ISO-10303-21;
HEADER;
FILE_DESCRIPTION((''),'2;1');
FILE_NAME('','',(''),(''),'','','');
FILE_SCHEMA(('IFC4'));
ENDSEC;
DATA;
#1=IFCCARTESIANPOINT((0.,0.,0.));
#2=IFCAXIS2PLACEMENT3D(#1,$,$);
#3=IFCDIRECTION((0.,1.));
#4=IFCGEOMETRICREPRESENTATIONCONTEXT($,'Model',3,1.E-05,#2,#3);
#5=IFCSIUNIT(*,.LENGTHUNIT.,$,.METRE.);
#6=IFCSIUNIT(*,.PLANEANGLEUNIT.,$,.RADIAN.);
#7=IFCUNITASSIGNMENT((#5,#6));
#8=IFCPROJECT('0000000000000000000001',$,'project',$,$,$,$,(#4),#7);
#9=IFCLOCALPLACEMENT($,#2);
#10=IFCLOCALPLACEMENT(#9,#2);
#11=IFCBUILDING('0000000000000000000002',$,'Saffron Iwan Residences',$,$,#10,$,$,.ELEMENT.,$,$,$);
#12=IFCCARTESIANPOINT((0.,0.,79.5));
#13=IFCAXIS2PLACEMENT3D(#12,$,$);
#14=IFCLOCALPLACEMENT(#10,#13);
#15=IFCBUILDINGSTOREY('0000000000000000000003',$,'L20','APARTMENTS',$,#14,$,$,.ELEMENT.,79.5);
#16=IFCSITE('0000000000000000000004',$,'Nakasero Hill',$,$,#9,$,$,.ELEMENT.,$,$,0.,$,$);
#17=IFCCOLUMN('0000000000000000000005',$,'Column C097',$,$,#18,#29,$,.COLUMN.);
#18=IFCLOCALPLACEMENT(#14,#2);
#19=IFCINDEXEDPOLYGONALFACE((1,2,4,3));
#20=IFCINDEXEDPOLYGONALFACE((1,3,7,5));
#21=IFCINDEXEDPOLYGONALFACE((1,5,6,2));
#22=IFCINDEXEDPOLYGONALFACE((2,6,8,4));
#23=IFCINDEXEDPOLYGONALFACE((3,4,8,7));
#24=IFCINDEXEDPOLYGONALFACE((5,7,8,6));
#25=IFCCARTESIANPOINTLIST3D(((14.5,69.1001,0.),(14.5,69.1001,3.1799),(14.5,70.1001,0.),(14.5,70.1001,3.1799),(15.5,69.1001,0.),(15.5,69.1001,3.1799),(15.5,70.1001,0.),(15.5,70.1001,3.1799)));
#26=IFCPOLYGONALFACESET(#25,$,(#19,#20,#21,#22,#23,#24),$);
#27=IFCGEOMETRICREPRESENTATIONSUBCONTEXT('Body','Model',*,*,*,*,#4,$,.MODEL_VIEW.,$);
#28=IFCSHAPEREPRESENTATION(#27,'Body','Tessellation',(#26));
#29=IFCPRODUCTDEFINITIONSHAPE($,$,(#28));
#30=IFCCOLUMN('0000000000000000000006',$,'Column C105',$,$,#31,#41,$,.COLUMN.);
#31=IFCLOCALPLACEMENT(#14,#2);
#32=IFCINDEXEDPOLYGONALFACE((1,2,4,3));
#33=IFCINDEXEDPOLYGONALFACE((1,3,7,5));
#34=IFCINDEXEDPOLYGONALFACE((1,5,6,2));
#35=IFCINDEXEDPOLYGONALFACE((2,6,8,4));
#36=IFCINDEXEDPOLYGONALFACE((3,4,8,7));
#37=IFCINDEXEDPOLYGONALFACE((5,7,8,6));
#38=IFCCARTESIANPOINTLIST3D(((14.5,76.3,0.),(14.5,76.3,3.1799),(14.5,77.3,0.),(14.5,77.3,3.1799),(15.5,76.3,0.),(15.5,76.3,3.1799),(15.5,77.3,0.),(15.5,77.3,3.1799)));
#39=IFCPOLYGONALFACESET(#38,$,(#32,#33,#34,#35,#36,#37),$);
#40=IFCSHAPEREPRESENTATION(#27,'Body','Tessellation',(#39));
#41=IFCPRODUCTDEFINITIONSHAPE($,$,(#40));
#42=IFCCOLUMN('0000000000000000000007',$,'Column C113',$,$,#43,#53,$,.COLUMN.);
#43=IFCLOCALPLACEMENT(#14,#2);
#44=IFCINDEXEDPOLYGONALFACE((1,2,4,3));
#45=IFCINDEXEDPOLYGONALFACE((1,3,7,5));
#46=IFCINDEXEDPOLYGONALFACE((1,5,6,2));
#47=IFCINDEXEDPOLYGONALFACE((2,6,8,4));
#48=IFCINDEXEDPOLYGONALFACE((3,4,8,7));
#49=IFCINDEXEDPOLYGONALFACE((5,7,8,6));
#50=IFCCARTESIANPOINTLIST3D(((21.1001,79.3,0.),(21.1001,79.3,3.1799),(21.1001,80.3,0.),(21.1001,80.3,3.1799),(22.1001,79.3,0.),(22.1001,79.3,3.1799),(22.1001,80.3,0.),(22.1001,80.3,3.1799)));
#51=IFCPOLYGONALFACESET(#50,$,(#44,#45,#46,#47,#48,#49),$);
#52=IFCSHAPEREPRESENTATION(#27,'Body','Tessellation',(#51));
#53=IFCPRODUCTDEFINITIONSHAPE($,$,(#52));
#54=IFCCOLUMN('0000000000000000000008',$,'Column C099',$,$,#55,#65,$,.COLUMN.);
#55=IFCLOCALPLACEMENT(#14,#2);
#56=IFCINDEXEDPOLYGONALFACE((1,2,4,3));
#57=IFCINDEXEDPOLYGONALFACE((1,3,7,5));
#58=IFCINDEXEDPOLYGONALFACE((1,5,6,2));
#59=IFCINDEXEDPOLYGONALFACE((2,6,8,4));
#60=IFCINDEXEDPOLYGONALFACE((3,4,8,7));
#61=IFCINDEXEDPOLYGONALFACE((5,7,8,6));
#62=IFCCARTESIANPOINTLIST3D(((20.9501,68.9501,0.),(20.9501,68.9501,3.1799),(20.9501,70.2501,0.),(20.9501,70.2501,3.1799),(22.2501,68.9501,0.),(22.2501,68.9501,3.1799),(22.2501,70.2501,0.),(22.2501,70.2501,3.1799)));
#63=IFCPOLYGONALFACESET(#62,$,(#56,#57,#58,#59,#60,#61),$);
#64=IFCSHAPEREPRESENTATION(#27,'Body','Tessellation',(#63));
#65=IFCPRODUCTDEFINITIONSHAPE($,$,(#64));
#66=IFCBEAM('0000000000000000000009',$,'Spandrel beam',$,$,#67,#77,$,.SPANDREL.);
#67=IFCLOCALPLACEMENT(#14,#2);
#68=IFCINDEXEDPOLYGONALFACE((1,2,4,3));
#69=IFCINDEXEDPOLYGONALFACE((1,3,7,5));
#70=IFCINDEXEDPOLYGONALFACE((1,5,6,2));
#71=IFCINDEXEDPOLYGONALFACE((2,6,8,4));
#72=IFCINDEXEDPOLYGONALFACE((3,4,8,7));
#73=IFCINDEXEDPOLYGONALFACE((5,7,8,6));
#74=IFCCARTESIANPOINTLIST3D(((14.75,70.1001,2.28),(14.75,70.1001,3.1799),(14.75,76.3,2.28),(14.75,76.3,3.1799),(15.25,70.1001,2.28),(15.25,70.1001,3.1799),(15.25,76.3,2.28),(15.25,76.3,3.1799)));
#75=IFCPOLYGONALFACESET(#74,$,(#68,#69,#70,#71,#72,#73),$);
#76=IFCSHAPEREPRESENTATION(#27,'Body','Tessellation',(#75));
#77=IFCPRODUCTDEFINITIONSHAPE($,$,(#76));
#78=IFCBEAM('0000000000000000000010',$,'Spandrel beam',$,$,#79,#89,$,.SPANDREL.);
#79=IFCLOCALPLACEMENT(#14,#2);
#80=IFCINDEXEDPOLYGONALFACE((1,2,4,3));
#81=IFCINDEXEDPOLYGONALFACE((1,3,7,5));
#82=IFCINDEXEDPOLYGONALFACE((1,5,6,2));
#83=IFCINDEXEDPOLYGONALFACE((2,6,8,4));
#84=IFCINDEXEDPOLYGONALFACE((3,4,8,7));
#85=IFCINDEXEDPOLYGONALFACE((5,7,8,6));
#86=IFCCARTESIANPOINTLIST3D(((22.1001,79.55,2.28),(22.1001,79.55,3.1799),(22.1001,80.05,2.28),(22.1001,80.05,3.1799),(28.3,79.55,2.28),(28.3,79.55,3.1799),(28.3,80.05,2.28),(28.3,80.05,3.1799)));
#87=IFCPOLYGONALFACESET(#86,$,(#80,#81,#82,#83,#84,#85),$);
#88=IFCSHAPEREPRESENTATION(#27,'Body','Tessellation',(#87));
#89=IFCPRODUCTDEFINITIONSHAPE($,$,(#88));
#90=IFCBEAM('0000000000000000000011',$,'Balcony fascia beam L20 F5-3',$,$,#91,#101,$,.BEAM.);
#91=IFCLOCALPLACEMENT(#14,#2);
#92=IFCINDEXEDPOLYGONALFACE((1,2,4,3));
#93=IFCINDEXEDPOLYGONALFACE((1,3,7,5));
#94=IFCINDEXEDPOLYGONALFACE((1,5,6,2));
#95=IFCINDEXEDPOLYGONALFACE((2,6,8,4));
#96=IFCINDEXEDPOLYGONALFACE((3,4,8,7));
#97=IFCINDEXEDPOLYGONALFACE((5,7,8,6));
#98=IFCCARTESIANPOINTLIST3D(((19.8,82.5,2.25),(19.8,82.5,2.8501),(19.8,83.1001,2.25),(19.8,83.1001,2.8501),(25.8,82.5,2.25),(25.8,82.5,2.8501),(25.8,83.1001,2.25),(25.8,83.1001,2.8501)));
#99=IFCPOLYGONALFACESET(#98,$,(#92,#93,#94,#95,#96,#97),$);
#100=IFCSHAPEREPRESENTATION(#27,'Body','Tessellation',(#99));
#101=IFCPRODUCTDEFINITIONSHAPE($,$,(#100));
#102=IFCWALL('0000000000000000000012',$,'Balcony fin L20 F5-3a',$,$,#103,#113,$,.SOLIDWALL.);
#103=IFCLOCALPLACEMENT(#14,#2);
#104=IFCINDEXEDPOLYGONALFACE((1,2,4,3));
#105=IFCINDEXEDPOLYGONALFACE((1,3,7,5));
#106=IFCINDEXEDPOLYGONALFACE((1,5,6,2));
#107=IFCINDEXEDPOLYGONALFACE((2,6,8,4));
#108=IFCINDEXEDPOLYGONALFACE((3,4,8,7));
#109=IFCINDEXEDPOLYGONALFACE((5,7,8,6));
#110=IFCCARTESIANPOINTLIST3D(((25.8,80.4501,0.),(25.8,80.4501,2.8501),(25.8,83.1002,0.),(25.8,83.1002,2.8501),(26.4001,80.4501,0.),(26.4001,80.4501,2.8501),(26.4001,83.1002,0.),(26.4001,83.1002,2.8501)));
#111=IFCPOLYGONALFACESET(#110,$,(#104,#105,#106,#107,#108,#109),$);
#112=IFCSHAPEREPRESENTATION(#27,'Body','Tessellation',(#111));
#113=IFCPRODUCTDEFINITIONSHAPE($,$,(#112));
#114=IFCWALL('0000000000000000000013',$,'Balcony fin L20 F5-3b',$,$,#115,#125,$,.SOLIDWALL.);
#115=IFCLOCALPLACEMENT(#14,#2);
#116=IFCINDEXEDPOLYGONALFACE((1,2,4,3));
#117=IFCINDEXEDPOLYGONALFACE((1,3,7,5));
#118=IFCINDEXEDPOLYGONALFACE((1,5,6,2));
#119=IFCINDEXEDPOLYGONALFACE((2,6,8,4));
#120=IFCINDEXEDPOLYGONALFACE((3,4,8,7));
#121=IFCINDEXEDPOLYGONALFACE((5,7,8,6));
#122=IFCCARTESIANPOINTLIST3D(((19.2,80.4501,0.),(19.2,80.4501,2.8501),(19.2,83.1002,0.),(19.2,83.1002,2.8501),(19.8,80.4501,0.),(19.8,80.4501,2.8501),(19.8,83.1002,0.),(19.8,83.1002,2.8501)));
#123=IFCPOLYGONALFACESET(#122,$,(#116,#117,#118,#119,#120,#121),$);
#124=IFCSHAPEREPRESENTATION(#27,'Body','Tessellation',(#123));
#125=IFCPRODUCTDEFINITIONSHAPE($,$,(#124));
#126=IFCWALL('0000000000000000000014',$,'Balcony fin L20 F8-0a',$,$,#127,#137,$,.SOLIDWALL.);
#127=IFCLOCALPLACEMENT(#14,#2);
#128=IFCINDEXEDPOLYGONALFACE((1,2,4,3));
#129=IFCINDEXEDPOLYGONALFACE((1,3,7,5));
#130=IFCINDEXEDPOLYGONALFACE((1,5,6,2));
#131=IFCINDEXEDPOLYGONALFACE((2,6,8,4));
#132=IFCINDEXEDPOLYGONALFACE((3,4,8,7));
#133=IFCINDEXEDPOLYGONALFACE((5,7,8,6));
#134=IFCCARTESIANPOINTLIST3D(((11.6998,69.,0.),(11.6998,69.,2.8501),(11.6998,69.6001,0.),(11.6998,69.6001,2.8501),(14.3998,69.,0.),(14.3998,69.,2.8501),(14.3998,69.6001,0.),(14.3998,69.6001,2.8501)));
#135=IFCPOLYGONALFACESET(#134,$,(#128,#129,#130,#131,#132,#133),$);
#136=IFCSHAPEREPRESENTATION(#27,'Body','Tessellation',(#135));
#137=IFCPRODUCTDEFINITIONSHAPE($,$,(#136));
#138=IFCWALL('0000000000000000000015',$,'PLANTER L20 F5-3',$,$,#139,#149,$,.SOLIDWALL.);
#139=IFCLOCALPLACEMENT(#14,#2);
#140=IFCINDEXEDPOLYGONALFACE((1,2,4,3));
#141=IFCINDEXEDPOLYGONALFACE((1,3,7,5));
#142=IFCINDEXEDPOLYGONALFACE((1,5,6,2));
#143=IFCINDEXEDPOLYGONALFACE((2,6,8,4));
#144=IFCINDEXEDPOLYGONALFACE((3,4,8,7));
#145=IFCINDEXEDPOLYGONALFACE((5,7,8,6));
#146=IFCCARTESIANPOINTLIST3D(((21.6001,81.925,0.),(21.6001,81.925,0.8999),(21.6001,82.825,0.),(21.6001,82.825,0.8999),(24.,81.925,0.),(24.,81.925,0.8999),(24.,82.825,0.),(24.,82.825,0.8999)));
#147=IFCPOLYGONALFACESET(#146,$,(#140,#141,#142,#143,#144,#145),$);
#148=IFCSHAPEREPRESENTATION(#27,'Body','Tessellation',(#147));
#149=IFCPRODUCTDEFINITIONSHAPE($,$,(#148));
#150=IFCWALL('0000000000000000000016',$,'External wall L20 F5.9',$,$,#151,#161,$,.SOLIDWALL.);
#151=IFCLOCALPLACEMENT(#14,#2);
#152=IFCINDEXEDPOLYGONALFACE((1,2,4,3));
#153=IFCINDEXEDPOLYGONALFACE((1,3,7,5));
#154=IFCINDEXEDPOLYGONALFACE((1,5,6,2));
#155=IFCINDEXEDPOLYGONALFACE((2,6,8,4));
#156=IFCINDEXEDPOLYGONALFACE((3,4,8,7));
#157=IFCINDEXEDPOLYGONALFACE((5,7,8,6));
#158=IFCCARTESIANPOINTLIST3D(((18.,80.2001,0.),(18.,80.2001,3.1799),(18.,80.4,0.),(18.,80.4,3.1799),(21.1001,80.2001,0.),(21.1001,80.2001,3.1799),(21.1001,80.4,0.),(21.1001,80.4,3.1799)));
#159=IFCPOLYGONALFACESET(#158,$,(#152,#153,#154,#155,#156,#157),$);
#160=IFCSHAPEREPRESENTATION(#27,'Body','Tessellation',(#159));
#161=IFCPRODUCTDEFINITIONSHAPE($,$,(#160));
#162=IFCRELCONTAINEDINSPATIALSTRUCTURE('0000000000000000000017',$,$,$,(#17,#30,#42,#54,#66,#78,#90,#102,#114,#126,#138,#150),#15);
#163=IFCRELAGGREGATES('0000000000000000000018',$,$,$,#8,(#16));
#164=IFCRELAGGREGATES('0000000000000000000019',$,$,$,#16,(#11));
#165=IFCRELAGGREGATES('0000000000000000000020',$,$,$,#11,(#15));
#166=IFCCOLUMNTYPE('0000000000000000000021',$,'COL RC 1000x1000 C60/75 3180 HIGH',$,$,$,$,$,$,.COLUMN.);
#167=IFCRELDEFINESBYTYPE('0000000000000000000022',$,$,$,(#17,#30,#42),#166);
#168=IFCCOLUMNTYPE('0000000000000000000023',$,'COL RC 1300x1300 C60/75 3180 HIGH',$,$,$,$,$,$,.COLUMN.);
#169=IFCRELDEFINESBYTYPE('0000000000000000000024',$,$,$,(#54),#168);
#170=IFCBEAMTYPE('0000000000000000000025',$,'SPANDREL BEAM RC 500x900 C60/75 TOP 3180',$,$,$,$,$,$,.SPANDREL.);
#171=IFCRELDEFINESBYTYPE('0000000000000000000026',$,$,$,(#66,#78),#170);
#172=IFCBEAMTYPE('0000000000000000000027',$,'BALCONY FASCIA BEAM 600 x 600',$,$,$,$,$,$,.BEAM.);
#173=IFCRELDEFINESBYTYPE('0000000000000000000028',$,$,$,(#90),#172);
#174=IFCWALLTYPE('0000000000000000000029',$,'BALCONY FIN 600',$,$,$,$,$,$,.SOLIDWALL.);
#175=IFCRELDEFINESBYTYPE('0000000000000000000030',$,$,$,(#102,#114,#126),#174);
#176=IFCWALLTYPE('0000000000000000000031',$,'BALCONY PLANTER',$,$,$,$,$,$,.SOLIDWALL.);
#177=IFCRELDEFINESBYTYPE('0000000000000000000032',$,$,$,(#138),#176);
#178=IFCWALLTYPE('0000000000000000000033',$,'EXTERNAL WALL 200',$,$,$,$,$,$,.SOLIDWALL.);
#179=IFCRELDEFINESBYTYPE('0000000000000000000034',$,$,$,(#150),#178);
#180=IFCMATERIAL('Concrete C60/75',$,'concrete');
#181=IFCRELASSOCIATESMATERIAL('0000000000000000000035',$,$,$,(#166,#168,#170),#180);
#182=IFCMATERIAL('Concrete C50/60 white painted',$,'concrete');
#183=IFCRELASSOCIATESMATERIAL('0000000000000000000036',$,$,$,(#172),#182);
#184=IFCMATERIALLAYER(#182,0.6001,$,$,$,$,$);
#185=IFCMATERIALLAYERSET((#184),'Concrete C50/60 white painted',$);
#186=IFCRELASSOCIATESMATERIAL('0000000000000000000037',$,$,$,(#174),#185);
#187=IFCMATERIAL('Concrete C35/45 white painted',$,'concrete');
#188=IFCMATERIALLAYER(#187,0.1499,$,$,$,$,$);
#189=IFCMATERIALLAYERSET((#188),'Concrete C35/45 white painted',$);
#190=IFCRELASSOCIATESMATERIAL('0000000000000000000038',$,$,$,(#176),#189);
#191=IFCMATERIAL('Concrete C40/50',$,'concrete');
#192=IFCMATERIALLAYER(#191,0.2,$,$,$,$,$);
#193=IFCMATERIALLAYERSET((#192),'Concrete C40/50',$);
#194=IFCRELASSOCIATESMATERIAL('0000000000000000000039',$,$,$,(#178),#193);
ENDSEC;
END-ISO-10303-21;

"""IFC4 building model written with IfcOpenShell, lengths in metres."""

from ifc_helpers import new_model, si_unit, direction, frame, frame_2d, origin, origin_2d, place, context, subcontext, project, spatial, rectangle, extrude, source, transform, mapped, material, layer, layer_set, material_profile, profile_set, type_object, element, save


model = new_model("IFC4")

# Units and contexts
model_context = context("Model", 3, precision=1e-05, world=origin(), true_north=direction((0.0, 1.0)))
body_context = subcontext(model_context, "Body", "Model", "MODEL_VIEW")
ifc_project = project(units=[si_unit("LENGTHUNIT", "METRE"), si_unit("PLANEANGLEUNIT", "RADIAN")], contexts=[model_context])

# Site, building, storey
site_placement = place(None, origin())
site = spatial("IfcSite", under=ifc_project, at=site_placement, Name="Nakasero Hill", CompositionType="ELEMENT", RefElevation=0.0)
building_placement = place(site_placement, origin())
building = spatial("IfcBuilding", under=site, at=building_placement, Name="Saffron Iwan Residences", CompositionType="ELEMENT")
storey_placement = place(building_placement, frame((0.0, 0.0, 79.5)))
storey = spatial("IfcBuildingStorey", under=building, at=storey_placement, Name="L20", Description="APARTMENTS", CompositionType="ELEMENT", Elevation=79.5)

# Columns
ifc_material_1 = material(Name="Concrete C60/75", Category="concrete")
ifc_material_profile_1 = material_profile(ifc_material_1, rectangle(XDim=1.0, YDim=1.0, at=origin_2d()), Name="RC 1000x1000")
ifc_profile_set_1 = profile_set([ifc_material_profile_1], Name="Concrete C60/75")
column_type_1 = type_object("IfcColumnType", Name="COL RC 1000x1000 C60/75 3180 HIGH", PredefinedType="COLUMN", material=ifc_profile_set_1)
shared_shape_1 = source(origin(), body_context, "Body", "SweptSolid", [
    extrude(rectangle(XDim=1.0, YDim=1.0, at=origin_2d()), origin(), (0.0, 0.0, 1.0), 3.1799),
])
for number, where, z_axis, x_axis, name in (
    (1, (15.0, 69.6001, 0.0), (0.0, 0.0, 1.0), (1.0, 0.0, 0.0), "Column C097"),
    (2, (15.0, 76.8, 0.0), (0.0, 0.0, 1.0), (1.0, 0.0, 0.0), "Column C105"),
    (3, (21.6001, 79.8, 0.0), (0.0, 0.0, 1.0), (1.0, 0.0, 0.0), "Column C113"),
):
    element("IfcColumn", number, at=place(storey_placement, frame(where, z_axis=z_axis, x_axis=x_axis)), inside=storey, type_object=column_type_1, Name=name, PredefinedType="COLUMN", context=body_context, shape_type="MappedRepresentation", body=[
        mapped(shared_shape_1, transform((0.0, 0.0, 0.0))),
    ])
ifc_material_profile_2 = material_profile(ifc_material_1, rectangle(XDim=1.3, YDim=1.3, at=origin_2d()), Name="RC 1300x1300")
ifc_profile_set_2 = profile_set([ifc_material_profile_2], Name="Concrete C60/75")
column_type_2 = type_object("IfcColumnType", Name="COL RC 1300x1300 C60/75 3180 HIGH", PredefinedType="COLUMN", material=ifc_profile_set_2)
shared_shape_2 = source(origin(), body_context, "Body", "SweptSolid", [
    extrude(rectangle(XDim=1.3, YDim=1.3, at=origin_2d()), origin(), (0.0, 0.0, 1.0), 3.1799),
])
column_placement = place(storey_placement, frame((21.6001, 69.6001, 0.0), z_axis=(0.0, 0.0, 1.0), x_axis=(1.0, 0.0, 0.0)))
element("IfcColumn", 4, at=column_placement, inside=storey, type_object=column_type_2, Name="Column C099", PredefinedType="COLUMN", context=body_context, shape_type="MappedRepresentation", body=[
    mapped(shared_shape_2, transform((0.0, 0.0, 0.0))),
])

# Beams
ifc_material_profile_3 = material_profile(ifc_material_1, rectangle(XDim=0.5, YDim=0.8999, at=origin_2d()), Name="RC 500x900")
ifc_profile_set_3 = profile_set([ifc_material_profile_3], Name="Concrete C60/75")
beam_type_1 = type_object("IfcBeamType", Name="SPANDREL BEAM RC 500x900 C60/75 TOP 3180", PredefinedType="SPANDREL", material=ifc_profile_set_3)
shared_shape_3 = source(origin(), body_context, "Body", "SweptSolid", [
    extrude(rectangle(XDim=0.5, YDim=0.8999, at=origin_2d()), origin(), (0.0, 0.0, 1.0), 6.2),
])
for number, where, z_axis, x_axis, name in (
    (5, (15.0, 70.1001, 2.73), (0.0, 1.0, 0.0), (-1.0, 0.0, 0.0), "Spandrel beam"),
    (6, (22.1001, 79.8, 2.73), (1.0, 0.0, 0.0), (0.0, 1.0, 0.0), "Spandrel beam"),
):
    element("IfcBeam", number, at=place(storey_placement, frame(where, z_axis=z_axis, x_axis=x_axis)), inside=storey, type_object=beam_type_1, Name=name, PredefinedType="SPANDREL", context=body_context, shape_type="MappedRepresentation", body=[
        mapped(shared_shape_3, transform((0.0, 0.0, 0.0))),
    ])
ifc_material_2 = material(Name="Concrete C50/60 white painted", Category="concrete")
ifc_material_profile_4 = material_profile(ifc_material_2, rectangle(XDim=0.6001, YDim=0.6001, at=origin_2d()), Name="BALCONY FASCIA BEAM 600 x 600")
ifc_profile_set_4 = profile_set([ifc_material_profile_4], Name="Concrete C50/60 white painted")
beam_type_2 = type_object("IfcBeamType", Name="BALCONY FASCIA BEAM 600 x 600", PredefinedType="BEAM", material=ifc_profile_set_4)
shared_shape_4 = source(origin(), body_context, "Body", "SweptSolid", [
    extrude(rectangle(XDim=0.6001, YDim=0.6001, at=origin_2d()), origin(), (0.0, 0.0, 1.0), 6.0),
])
beam_placement = place(storey_placement, frame((25.8, 82.8, 2.55), z_axis=(-1.0, 0.0, 0.0), x_axis=(0.0, -1.0, 0.0)))
element("IfcBeam", 7, at=beam_placement, inside=storey, type_object=beam_type_2, Name="Balcony fascia beam L20 F5-3", PredefinedType="BEAM", context=body_context, shape_type="MappedRepresentation", body=[
    mapped(shared_shape_4, transform((0.0, 0.0, 0.0))),
])

# Walls
ifc_layer_1 = layer(ifc_material_2, 0.6001)
ifc_layer_set_1 = layer_set([ifc_layer_1], Name="Concrete C50/60 white painted")
wall_type_1 = type_object("IfcWallType", Name="BALCONY FIN 600", PredefinedType="SOLIDWALL", material=ifc_layer_set_1)
for number, where, z_axis, x_axis, name in (
    (8, (26.1001, 80.45, 0.0), (0.0, 0.0, 1.0), (0.0, 1.0, 0.0), "Balcony fin L20 F5-3a"),
    (9, (19.5, 80.45, 0.0), (0.0, 0.0, 1.0), (0.0, 1.0, 0.0), "Balcony fin L20 F5-3b"),
):
    element("IfcWall", number, at=place(storey_placement, frame(where, z_axis=z_axis, x_axis=x_axis)), inside=storey, type_object=wall_type_1, Name=name, PredefinedType="SOLIDWALL", context=body_context, shape_type="SweptSolid", body=[
        extrude(rectangle(XDim=2.6501, YDim=0.6001, at=frame_2d((1.3252, 0.0))), origin(), (0.0, 0.0, 1.0), 2.8501),
    ])
wall_1_placement = place(storey_placement, frame((14.3999, 69.3, 0.0), z_axis=(0.0, 0.0, 1.0), x_axis=(-1.0, 0.0, 0.0)))
element("IfcWall", 10, at=wall_1_placement, inside=storey, type_object=wall_type_1, Name="Balcony fin L20 F8-0a", PredefinedType="SOLIDWALL", context=body_context, shape_type="SweptSolid", body=[
    extrude(rectangle(XDim=2.7, YDim=0.6001, at=frame_2d((1.3501, 0.0))), origin(), (0.0, 0.0, 1.0), 2.8501),
])
ifc_material_3 = material(Name="Concrete C35/45 white painted", Category="concrete")
ifc_layer_2 = layer(ifc_material_3, 0.1499)
ifc_layer_set_2 = layer_set([ifc_layer_2], Name="Concrete C35/45 white painted")
wall_type_2 = type_object("IfcWallType", Name="BALCONY PLANTER", PredefinedType="SOLIDWALL", material=ifc_layer_set_2)
wall_2_placement = place(storey_placement, frame((24.0, 82.375, 0.0), z_axis=(0.0, 0.0, 1.0), x_axis=(-1.0, 0.0, 0.0)))
element("IfcWall", 11, at=wall_2_placement, inside=storey, type_object=wall_type_2, Name="PLANTER L20 F5-3", PredefinedType="SOLIDWALL", context=body_context, shape_type="SweptSolid", body=[
    extrude(rectangle(XDim=2.3999, YDim=0.8999, at=frame_2d((1.2, 0.0))), origin(), (0.0, 0.0, 1.0), 0.8999),
])
ifc_material_4 = material(Name="Concrete C40/50", Category="concrete")
ifc_layer_3 = layer(ifc_material_4, 0.2)
ifc_layer_set_3 = layer_set([ifc_layer_3], Name="Concrete C40/50")
wall_type_3 = type_object("IfcWallType", Name="EXTERNAL WALL 200", PredefinedType="SOLIDWALL", material=ifc_layer_set_3)
wall_3_placement = place(storey_placement, frame((21.1001, 80.3, 0.0), z_axis=(0.0, 0.0, 1.0), x_axis=(-1.0, 0.0, 0.0)))
element("IfcWall", 12, at=wall_3_placement, inside=storey, type_object=wall_type_3, Name="External wall L20 F5.9", PredefinedType="SOLIDWALL", context=body_context, shape_type="SweptSolid", body=[
    extrude(rectangle(XDim=3.1001, YDim=0.2, at=frame_2d((1.55, 0.0))), origin(), (0.0, 0.0, 1.0), 3.1799),
])

save(model, "model.ifc")
